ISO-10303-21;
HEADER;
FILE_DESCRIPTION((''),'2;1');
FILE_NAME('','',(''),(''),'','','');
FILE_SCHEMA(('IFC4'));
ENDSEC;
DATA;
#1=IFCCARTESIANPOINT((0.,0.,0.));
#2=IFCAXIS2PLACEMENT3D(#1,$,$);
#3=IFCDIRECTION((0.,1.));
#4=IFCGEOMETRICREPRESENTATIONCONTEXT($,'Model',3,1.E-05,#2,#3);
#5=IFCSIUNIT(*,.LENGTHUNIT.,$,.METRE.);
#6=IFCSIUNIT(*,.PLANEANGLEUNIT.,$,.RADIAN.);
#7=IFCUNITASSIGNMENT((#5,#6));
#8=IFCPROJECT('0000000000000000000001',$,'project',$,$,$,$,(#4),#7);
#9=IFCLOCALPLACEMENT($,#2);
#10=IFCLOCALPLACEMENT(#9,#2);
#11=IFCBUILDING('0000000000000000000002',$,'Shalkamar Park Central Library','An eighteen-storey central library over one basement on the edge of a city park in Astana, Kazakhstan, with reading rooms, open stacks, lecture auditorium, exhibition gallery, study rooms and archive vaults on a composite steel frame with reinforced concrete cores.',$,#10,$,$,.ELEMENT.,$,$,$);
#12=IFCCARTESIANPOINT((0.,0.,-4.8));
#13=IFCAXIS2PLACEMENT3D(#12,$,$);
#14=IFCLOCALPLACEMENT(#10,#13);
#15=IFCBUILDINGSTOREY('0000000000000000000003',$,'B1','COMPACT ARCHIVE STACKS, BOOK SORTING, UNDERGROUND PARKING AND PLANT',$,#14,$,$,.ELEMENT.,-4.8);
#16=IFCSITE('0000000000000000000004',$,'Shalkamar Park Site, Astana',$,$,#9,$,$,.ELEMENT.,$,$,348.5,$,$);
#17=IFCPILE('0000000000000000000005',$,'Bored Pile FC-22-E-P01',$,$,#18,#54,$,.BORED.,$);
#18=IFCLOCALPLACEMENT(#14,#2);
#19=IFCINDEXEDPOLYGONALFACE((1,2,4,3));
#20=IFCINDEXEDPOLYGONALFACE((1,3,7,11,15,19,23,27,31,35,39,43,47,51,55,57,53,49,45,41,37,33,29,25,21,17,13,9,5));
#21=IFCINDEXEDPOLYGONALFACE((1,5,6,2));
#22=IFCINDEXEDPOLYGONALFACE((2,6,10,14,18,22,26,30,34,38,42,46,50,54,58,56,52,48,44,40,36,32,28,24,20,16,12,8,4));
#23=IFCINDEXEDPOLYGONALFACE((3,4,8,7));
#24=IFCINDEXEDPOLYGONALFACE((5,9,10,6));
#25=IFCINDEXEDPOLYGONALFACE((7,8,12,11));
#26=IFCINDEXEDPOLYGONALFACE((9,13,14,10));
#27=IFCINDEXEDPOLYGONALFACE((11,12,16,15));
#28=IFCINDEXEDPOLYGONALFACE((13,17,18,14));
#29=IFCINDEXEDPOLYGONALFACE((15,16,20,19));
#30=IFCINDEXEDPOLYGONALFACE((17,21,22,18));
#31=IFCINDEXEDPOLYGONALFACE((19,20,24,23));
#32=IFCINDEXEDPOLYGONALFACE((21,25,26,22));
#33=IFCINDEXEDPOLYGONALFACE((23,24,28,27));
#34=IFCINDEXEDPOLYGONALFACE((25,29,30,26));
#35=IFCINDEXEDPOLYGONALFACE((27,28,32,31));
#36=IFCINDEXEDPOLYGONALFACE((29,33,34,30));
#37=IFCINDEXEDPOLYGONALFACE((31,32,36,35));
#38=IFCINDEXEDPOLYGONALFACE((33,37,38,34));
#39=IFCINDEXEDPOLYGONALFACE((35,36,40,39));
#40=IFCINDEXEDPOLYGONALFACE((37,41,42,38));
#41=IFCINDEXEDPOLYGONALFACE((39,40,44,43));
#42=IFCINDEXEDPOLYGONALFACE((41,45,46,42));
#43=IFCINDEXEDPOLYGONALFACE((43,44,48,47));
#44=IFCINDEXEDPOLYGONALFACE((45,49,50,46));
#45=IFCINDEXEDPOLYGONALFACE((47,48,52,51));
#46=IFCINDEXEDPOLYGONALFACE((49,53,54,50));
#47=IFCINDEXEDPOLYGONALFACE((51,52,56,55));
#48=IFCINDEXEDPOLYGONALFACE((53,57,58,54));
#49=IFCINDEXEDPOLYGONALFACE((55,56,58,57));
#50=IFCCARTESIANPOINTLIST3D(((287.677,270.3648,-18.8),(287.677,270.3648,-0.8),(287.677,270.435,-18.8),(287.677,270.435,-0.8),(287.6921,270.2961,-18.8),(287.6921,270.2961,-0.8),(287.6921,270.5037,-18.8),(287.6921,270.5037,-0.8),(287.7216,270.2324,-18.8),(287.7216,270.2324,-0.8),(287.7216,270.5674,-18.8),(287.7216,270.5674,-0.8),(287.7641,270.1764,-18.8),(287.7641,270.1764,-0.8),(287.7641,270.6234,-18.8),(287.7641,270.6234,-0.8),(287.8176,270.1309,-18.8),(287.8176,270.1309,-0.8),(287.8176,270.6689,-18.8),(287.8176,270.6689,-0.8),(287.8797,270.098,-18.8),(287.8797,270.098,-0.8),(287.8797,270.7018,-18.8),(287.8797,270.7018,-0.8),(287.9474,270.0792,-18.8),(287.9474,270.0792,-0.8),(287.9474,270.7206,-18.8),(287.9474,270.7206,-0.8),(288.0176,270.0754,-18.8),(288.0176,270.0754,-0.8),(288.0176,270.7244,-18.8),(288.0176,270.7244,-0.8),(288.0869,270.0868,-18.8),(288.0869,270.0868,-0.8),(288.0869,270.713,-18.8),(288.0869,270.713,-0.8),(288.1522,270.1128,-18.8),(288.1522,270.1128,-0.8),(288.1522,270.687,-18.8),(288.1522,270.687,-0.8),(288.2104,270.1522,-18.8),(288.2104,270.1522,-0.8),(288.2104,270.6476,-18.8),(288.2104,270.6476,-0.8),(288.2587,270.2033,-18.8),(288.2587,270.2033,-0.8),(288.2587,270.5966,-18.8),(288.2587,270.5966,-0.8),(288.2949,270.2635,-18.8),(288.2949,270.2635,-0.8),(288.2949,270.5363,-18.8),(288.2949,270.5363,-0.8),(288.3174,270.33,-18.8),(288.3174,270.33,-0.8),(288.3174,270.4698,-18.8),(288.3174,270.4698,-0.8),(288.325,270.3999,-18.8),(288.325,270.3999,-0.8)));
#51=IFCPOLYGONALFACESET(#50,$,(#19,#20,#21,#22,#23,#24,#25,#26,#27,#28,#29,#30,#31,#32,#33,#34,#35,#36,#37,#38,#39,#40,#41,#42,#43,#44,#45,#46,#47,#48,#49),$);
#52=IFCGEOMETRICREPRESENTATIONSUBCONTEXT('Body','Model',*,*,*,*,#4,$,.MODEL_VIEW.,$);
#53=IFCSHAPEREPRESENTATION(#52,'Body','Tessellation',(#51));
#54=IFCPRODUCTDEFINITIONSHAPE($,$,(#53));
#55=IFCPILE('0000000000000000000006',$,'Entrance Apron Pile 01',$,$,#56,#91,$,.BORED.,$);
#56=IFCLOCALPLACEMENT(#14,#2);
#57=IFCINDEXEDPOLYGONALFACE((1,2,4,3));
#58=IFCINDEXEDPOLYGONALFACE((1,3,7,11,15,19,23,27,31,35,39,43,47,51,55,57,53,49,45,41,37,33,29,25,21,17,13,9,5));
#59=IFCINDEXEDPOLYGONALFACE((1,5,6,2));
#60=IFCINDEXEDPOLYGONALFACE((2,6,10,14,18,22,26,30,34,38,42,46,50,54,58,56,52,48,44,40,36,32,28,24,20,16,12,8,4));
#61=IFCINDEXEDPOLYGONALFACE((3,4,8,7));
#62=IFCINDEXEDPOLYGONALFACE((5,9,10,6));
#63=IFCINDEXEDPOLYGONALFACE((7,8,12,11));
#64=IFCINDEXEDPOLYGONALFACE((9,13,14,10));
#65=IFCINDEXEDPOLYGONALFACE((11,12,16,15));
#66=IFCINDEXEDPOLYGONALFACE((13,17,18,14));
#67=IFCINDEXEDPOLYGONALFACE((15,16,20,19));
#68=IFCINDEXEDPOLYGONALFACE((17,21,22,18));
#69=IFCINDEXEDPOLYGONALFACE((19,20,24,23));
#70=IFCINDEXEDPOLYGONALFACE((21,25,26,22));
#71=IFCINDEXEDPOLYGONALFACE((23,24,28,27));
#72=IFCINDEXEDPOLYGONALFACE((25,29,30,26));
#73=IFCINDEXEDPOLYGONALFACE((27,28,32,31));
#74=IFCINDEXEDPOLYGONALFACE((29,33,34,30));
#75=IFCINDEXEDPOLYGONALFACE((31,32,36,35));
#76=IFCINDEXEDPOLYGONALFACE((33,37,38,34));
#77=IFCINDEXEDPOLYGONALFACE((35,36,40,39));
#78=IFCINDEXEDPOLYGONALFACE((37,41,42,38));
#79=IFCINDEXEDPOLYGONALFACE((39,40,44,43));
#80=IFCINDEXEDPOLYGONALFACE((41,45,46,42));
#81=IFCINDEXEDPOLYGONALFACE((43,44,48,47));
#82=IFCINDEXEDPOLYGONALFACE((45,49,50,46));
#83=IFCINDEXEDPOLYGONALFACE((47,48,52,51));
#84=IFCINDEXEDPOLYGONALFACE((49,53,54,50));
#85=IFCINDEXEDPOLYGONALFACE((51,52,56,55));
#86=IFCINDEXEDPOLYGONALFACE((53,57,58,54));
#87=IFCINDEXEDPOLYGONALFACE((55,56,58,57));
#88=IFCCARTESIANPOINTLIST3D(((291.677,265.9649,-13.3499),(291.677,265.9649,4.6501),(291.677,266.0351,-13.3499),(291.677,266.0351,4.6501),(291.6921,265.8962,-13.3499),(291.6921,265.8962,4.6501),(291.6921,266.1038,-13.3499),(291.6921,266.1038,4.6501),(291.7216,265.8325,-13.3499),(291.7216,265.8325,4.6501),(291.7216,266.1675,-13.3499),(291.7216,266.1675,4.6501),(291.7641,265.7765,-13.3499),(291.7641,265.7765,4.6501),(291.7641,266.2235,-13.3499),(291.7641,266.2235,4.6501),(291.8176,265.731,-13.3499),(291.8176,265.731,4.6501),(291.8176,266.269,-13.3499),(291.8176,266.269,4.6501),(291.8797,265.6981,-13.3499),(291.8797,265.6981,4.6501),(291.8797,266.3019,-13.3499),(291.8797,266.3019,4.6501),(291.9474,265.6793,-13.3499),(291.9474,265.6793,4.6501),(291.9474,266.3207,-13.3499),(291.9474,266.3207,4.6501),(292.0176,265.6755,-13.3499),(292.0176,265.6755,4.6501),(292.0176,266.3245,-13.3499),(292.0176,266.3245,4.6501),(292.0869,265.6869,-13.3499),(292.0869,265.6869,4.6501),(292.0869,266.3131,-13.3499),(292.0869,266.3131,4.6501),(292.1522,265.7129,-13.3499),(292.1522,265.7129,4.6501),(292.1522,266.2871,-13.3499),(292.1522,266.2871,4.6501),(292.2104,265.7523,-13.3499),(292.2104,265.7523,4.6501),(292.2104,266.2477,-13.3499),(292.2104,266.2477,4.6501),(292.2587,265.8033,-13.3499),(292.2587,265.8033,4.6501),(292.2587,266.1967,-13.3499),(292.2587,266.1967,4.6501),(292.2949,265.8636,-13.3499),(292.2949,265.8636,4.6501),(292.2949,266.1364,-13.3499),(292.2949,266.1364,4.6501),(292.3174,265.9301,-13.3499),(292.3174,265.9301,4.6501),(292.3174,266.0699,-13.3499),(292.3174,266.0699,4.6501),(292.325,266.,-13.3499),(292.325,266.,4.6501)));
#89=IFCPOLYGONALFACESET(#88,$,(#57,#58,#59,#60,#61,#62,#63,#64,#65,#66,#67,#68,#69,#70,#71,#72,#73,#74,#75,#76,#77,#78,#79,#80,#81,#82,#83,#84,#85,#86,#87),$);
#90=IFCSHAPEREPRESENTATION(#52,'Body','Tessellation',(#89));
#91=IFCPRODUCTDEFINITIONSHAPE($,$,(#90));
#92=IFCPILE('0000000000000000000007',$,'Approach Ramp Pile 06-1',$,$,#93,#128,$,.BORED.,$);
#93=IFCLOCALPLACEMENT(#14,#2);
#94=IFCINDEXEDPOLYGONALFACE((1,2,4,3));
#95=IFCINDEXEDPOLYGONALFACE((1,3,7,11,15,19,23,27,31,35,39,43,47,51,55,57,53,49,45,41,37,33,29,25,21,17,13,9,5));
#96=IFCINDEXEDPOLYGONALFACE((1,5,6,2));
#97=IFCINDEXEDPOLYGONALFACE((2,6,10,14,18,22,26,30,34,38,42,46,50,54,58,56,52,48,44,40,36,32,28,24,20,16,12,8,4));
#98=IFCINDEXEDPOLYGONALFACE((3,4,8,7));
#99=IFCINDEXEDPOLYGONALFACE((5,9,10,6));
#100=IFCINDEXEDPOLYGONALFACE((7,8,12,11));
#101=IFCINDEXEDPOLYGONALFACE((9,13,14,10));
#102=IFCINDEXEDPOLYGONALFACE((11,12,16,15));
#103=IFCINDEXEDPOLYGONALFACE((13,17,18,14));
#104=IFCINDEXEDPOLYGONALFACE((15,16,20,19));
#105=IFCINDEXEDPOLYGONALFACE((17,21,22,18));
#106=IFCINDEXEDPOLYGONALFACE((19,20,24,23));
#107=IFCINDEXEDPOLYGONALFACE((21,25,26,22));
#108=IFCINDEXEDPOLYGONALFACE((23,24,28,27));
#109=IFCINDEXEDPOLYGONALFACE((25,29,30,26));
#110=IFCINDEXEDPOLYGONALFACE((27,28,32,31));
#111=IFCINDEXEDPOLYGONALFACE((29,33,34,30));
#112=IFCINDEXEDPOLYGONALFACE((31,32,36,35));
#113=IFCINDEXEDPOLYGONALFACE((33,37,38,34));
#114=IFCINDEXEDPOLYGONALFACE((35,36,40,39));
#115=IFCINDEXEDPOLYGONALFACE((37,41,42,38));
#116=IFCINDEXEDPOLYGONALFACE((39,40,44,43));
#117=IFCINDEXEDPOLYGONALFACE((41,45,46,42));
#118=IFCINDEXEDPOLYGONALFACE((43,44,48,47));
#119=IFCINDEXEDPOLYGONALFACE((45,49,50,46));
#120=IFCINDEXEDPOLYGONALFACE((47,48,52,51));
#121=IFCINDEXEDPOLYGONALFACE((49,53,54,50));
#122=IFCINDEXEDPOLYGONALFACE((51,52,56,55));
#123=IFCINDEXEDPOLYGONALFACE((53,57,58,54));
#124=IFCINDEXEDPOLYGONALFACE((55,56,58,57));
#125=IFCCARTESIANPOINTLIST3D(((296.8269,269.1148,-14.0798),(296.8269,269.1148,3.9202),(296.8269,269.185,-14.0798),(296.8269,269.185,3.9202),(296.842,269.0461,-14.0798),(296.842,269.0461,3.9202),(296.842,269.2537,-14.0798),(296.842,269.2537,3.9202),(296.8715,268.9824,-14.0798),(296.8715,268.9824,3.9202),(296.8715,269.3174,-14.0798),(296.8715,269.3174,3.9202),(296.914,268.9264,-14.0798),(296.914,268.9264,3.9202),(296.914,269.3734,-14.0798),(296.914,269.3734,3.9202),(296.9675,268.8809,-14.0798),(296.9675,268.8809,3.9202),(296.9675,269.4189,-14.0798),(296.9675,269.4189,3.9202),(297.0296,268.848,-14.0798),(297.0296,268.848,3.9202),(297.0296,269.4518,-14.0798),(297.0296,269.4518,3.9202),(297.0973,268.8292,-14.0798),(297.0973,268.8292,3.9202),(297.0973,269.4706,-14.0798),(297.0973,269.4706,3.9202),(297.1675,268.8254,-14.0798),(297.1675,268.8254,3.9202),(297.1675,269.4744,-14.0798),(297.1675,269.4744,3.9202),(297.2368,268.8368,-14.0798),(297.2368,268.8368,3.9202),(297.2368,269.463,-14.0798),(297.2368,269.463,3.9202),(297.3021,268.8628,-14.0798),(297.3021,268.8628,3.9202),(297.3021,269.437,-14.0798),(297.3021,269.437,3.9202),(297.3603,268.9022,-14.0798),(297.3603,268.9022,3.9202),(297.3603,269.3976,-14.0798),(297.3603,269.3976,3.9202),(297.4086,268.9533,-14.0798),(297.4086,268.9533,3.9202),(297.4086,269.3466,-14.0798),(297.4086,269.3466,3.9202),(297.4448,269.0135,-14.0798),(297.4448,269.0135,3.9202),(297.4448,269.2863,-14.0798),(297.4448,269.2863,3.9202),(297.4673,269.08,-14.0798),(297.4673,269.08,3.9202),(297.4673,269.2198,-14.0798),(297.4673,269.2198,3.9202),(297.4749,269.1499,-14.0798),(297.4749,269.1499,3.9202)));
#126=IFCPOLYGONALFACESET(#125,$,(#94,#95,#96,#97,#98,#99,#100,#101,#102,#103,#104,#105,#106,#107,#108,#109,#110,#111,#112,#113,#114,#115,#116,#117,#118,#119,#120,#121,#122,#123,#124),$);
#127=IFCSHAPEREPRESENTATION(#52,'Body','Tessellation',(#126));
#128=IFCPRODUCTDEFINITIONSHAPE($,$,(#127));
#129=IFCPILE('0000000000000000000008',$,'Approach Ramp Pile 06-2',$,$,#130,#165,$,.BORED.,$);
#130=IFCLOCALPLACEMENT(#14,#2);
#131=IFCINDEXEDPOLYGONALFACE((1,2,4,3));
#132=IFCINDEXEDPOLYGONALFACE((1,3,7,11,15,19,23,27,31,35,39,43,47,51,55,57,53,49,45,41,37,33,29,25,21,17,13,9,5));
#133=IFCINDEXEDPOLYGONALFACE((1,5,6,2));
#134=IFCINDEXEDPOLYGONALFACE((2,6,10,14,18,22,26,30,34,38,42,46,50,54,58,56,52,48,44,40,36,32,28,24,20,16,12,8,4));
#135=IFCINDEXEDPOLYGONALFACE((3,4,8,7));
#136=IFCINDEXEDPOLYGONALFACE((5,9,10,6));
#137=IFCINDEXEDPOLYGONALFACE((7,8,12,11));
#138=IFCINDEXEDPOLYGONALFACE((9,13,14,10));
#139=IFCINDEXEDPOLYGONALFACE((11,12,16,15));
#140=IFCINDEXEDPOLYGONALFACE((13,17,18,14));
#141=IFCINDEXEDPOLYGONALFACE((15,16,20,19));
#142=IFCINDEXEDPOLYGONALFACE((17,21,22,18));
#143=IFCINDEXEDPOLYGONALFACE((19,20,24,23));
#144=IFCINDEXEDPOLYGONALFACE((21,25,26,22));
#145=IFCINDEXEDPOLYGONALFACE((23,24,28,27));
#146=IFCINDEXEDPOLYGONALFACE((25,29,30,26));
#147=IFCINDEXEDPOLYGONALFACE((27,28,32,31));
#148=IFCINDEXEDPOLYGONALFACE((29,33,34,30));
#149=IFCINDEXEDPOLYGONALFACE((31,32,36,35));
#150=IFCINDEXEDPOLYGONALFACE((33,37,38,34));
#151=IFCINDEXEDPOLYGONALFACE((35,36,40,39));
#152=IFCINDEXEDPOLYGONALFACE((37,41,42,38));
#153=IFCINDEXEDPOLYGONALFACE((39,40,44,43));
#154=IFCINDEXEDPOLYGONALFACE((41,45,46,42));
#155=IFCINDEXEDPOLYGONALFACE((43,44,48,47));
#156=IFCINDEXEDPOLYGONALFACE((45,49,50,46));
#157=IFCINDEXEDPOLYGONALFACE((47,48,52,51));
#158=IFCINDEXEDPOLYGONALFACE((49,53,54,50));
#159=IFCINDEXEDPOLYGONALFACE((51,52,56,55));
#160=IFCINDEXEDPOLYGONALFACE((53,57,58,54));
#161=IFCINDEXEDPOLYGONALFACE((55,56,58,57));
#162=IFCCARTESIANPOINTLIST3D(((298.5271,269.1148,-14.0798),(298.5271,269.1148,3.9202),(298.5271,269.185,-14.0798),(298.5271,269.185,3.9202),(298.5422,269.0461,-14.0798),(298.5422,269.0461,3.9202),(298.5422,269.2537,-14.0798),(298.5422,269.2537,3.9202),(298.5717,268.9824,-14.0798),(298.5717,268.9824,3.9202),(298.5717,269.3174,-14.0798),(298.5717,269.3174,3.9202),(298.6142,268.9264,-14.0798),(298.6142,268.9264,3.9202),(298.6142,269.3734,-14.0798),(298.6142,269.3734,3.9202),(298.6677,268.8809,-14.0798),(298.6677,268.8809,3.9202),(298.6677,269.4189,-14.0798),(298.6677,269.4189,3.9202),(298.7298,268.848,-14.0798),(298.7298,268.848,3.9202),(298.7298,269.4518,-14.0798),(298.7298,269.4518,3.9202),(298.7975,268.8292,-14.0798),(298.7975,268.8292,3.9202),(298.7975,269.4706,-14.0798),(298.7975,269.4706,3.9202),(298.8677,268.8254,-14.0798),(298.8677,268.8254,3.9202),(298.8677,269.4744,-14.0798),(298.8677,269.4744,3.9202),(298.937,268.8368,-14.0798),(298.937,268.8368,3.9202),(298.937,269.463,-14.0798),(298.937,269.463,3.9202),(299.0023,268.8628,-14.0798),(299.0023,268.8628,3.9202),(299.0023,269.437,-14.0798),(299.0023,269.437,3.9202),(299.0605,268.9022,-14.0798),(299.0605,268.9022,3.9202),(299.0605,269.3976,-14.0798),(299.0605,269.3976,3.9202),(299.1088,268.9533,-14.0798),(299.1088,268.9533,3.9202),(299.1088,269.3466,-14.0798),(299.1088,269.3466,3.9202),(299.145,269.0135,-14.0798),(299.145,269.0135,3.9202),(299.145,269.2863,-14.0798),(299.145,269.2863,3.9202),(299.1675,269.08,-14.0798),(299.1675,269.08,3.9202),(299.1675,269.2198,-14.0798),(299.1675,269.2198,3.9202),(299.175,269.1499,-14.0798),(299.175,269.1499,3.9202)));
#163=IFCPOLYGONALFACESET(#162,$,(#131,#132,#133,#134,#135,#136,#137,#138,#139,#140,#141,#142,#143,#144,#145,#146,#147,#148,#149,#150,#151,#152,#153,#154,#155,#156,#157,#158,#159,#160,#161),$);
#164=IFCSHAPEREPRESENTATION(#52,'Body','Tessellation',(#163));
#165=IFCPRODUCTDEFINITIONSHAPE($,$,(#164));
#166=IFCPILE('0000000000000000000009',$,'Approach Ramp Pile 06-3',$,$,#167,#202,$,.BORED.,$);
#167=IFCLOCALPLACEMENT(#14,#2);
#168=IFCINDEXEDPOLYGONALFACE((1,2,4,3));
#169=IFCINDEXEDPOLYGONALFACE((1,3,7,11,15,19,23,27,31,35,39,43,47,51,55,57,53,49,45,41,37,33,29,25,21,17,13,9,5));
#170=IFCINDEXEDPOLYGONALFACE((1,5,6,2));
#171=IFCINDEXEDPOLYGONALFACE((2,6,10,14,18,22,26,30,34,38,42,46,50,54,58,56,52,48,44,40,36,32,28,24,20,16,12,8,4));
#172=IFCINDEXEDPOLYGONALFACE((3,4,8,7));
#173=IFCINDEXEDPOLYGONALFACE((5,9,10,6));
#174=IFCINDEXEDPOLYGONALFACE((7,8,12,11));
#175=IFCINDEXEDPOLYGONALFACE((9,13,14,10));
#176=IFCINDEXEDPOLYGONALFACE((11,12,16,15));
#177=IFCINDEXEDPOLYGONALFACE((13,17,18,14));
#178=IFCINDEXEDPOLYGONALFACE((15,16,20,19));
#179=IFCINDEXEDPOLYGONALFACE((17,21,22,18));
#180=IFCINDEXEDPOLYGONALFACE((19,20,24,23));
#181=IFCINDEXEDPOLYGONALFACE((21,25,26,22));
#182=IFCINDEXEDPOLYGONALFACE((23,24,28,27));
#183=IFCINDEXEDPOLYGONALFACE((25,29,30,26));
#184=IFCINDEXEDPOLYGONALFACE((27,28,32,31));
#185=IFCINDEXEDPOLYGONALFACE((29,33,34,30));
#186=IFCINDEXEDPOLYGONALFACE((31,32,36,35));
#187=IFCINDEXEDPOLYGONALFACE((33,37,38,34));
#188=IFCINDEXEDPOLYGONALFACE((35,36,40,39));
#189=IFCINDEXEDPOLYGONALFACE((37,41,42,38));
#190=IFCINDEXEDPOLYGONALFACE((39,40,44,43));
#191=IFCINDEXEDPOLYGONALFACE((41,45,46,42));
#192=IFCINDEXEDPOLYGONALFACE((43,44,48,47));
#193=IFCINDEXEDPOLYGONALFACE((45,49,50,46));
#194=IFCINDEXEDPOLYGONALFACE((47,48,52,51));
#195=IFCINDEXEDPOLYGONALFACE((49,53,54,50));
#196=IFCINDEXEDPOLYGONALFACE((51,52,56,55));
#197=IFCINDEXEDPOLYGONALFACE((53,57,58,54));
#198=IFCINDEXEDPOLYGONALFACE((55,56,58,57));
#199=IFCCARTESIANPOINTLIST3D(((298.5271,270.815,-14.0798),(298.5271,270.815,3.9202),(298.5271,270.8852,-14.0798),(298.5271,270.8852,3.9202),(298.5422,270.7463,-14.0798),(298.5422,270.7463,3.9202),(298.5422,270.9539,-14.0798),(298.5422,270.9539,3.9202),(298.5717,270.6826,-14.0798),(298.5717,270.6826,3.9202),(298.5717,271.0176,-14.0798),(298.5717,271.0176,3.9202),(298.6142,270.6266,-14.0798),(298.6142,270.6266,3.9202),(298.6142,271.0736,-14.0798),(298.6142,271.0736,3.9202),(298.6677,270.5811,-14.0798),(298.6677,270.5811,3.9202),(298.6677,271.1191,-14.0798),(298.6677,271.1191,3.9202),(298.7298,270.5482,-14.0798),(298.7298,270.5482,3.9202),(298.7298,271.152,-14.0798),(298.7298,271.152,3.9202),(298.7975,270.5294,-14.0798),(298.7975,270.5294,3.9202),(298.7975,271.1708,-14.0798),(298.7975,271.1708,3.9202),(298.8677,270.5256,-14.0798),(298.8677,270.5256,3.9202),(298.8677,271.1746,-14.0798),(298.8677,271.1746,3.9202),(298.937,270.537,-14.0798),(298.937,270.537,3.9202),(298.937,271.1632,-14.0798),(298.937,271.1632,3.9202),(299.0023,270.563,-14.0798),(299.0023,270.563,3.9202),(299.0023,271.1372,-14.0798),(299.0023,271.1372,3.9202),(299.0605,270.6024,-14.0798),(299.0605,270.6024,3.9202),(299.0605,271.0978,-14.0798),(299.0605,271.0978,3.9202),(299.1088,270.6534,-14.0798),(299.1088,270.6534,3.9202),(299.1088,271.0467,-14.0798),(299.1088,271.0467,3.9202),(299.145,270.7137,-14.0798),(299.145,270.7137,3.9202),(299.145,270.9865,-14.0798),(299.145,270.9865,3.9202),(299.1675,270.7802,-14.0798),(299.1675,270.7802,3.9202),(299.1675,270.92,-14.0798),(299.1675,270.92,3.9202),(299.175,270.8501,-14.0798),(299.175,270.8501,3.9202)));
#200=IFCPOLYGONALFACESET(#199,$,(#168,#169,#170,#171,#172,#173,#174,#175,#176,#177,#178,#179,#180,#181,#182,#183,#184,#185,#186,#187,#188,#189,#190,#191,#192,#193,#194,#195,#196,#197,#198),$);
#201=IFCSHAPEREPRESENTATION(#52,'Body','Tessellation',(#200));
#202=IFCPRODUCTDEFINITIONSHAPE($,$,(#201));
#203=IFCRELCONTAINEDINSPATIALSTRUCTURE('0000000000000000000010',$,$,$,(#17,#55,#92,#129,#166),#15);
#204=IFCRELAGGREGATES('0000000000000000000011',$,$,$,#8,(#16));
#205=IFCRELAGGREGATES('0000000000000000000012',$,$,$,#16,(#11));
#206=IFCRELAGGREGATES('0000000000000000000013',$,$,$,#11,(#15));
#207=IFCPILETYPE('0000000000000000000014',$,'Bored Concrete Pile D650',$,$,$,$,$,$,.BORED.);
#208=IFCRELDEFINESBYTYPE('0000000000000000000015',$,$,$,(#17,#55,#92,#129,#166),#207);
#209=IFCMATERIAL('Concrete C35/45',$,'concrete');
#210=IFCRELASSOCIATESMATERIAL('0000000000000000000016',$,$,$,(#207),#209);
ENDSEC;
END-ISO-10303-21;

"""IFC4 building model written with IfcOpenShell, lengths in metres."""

from ifc_helpers import new_model, si_unit, direction, frame, origin, origin_2d, place, context, subcontext, project, spatial, circle, extrude, material, material_profile, profile_set, type_object, element, save


model = new_model("IFC4")

# Units and contexts
model_context = context("Model", 3, precision=1e-05, world=origin(), true_north=direction((0.0, 1.0)))
body_context = subcontext(model_context, "Body", "Model", "MODEL_VIEW")
ifc_project = project(units=[si_unit("LENGTHUNIT", "METRE"), si_unit("PLANEANGLEUNIT", "RADIAN")], contexts=[model_context])

# Site, building, storey
site_placement = place(None, origin())
site = spatial("IfcSite", under=ifc_project, at=site_placement, Name="Shalkamar Park Site, Astana", CompositionType="ELEMENT", RefElevation=348.5)
building_placement = place(site_placement, origin())
building = spatial("IfcBuilding", under=site, at=building_placement, Name="Shalkamar Park Central Library", Description="An eighteen-storey central library over one basement on the edge of a city park in Astana, Kazakhstan, with reading rooms, open stacks, lecture auditorium, exhibition gallery, study rooms and archive vaults on a composite steel frame with reinforced concrete cores.", CompositionType="ELEMENT")
storey_placement = place(building_placement, frame((0.0, 0.0, -4.8)))
storey = spatial("IfcBuildingStorey", under=building, at=storey_placement, Name="B1", Description="COMPACT ARCHIVE STACKS, BOOK SORTING, UNDERGROUND PARKING AND PLANT", CompositionType="ELEMENT", Elevation=-4.8)

# Piles
ifc_material_1 = material(Name="Concrete C35/45", Category="concrete")
ifc_material_profile_1 = material_profile(ifc_material_1, circle(Radius=0.325, at=origin_2d()), Name="PILE D650")
ifc_profile_set_1 = profile_set([ifc_material_profile_1], Name="Concrete C35/45")
pile_type_1 = type_object("IfcPileType", Name="Bored Concrete Pile D650", PredefinedType="BORED", material=ifc_profile_set_1)
for number, where, z_axis, x_axis, name in (
    (1, (288.0, 270.3999, -0.8), (0.0, 0.0, -1.0), (1.0, 0.0, 0.0), "Bored Pile FC-22-E-P01"),
    (2, (292.0, 266.0, 4.6501), (0.0, 0.0, -1.0), (1.0, 0.0, 0.0), "Entrance Apron Pile 01"),
    (3, (297.1499, 269.1499, 3.9202), (0.0, 0.0, -1.0), (1.0, 0.0, 0.0), "Approach Ramp Pile 06-1"),
    (4, (298.8501, 269.1499, 3.9202), (0.0, 0.0, -1.0), (1.0, 0.0, 0.0), "Approach Ramp Pile 06-2"),
    (5, (298.8501, 270.8501, 3.9202), (0.0, 0.0, -1.0), (1.0, 0.0, 0.0), "Approach Ramp Pile 06-3"),
):
    element("IfcPile", number, at=place(storey_placement, frame(where, z_axis=z_axis, x_axis=x_axis)), inside=storey, type_object=pile_type_1, Name=name, PredefinedType="BORED", context=body_context, shape_type="SweptSolid", body=[
        extrude(circle(Radius=0.325, at=origin_2d()), origin(), (0.0, 0.0, 1.0), 18.0),
    ])

save(model, "model.ifc")
